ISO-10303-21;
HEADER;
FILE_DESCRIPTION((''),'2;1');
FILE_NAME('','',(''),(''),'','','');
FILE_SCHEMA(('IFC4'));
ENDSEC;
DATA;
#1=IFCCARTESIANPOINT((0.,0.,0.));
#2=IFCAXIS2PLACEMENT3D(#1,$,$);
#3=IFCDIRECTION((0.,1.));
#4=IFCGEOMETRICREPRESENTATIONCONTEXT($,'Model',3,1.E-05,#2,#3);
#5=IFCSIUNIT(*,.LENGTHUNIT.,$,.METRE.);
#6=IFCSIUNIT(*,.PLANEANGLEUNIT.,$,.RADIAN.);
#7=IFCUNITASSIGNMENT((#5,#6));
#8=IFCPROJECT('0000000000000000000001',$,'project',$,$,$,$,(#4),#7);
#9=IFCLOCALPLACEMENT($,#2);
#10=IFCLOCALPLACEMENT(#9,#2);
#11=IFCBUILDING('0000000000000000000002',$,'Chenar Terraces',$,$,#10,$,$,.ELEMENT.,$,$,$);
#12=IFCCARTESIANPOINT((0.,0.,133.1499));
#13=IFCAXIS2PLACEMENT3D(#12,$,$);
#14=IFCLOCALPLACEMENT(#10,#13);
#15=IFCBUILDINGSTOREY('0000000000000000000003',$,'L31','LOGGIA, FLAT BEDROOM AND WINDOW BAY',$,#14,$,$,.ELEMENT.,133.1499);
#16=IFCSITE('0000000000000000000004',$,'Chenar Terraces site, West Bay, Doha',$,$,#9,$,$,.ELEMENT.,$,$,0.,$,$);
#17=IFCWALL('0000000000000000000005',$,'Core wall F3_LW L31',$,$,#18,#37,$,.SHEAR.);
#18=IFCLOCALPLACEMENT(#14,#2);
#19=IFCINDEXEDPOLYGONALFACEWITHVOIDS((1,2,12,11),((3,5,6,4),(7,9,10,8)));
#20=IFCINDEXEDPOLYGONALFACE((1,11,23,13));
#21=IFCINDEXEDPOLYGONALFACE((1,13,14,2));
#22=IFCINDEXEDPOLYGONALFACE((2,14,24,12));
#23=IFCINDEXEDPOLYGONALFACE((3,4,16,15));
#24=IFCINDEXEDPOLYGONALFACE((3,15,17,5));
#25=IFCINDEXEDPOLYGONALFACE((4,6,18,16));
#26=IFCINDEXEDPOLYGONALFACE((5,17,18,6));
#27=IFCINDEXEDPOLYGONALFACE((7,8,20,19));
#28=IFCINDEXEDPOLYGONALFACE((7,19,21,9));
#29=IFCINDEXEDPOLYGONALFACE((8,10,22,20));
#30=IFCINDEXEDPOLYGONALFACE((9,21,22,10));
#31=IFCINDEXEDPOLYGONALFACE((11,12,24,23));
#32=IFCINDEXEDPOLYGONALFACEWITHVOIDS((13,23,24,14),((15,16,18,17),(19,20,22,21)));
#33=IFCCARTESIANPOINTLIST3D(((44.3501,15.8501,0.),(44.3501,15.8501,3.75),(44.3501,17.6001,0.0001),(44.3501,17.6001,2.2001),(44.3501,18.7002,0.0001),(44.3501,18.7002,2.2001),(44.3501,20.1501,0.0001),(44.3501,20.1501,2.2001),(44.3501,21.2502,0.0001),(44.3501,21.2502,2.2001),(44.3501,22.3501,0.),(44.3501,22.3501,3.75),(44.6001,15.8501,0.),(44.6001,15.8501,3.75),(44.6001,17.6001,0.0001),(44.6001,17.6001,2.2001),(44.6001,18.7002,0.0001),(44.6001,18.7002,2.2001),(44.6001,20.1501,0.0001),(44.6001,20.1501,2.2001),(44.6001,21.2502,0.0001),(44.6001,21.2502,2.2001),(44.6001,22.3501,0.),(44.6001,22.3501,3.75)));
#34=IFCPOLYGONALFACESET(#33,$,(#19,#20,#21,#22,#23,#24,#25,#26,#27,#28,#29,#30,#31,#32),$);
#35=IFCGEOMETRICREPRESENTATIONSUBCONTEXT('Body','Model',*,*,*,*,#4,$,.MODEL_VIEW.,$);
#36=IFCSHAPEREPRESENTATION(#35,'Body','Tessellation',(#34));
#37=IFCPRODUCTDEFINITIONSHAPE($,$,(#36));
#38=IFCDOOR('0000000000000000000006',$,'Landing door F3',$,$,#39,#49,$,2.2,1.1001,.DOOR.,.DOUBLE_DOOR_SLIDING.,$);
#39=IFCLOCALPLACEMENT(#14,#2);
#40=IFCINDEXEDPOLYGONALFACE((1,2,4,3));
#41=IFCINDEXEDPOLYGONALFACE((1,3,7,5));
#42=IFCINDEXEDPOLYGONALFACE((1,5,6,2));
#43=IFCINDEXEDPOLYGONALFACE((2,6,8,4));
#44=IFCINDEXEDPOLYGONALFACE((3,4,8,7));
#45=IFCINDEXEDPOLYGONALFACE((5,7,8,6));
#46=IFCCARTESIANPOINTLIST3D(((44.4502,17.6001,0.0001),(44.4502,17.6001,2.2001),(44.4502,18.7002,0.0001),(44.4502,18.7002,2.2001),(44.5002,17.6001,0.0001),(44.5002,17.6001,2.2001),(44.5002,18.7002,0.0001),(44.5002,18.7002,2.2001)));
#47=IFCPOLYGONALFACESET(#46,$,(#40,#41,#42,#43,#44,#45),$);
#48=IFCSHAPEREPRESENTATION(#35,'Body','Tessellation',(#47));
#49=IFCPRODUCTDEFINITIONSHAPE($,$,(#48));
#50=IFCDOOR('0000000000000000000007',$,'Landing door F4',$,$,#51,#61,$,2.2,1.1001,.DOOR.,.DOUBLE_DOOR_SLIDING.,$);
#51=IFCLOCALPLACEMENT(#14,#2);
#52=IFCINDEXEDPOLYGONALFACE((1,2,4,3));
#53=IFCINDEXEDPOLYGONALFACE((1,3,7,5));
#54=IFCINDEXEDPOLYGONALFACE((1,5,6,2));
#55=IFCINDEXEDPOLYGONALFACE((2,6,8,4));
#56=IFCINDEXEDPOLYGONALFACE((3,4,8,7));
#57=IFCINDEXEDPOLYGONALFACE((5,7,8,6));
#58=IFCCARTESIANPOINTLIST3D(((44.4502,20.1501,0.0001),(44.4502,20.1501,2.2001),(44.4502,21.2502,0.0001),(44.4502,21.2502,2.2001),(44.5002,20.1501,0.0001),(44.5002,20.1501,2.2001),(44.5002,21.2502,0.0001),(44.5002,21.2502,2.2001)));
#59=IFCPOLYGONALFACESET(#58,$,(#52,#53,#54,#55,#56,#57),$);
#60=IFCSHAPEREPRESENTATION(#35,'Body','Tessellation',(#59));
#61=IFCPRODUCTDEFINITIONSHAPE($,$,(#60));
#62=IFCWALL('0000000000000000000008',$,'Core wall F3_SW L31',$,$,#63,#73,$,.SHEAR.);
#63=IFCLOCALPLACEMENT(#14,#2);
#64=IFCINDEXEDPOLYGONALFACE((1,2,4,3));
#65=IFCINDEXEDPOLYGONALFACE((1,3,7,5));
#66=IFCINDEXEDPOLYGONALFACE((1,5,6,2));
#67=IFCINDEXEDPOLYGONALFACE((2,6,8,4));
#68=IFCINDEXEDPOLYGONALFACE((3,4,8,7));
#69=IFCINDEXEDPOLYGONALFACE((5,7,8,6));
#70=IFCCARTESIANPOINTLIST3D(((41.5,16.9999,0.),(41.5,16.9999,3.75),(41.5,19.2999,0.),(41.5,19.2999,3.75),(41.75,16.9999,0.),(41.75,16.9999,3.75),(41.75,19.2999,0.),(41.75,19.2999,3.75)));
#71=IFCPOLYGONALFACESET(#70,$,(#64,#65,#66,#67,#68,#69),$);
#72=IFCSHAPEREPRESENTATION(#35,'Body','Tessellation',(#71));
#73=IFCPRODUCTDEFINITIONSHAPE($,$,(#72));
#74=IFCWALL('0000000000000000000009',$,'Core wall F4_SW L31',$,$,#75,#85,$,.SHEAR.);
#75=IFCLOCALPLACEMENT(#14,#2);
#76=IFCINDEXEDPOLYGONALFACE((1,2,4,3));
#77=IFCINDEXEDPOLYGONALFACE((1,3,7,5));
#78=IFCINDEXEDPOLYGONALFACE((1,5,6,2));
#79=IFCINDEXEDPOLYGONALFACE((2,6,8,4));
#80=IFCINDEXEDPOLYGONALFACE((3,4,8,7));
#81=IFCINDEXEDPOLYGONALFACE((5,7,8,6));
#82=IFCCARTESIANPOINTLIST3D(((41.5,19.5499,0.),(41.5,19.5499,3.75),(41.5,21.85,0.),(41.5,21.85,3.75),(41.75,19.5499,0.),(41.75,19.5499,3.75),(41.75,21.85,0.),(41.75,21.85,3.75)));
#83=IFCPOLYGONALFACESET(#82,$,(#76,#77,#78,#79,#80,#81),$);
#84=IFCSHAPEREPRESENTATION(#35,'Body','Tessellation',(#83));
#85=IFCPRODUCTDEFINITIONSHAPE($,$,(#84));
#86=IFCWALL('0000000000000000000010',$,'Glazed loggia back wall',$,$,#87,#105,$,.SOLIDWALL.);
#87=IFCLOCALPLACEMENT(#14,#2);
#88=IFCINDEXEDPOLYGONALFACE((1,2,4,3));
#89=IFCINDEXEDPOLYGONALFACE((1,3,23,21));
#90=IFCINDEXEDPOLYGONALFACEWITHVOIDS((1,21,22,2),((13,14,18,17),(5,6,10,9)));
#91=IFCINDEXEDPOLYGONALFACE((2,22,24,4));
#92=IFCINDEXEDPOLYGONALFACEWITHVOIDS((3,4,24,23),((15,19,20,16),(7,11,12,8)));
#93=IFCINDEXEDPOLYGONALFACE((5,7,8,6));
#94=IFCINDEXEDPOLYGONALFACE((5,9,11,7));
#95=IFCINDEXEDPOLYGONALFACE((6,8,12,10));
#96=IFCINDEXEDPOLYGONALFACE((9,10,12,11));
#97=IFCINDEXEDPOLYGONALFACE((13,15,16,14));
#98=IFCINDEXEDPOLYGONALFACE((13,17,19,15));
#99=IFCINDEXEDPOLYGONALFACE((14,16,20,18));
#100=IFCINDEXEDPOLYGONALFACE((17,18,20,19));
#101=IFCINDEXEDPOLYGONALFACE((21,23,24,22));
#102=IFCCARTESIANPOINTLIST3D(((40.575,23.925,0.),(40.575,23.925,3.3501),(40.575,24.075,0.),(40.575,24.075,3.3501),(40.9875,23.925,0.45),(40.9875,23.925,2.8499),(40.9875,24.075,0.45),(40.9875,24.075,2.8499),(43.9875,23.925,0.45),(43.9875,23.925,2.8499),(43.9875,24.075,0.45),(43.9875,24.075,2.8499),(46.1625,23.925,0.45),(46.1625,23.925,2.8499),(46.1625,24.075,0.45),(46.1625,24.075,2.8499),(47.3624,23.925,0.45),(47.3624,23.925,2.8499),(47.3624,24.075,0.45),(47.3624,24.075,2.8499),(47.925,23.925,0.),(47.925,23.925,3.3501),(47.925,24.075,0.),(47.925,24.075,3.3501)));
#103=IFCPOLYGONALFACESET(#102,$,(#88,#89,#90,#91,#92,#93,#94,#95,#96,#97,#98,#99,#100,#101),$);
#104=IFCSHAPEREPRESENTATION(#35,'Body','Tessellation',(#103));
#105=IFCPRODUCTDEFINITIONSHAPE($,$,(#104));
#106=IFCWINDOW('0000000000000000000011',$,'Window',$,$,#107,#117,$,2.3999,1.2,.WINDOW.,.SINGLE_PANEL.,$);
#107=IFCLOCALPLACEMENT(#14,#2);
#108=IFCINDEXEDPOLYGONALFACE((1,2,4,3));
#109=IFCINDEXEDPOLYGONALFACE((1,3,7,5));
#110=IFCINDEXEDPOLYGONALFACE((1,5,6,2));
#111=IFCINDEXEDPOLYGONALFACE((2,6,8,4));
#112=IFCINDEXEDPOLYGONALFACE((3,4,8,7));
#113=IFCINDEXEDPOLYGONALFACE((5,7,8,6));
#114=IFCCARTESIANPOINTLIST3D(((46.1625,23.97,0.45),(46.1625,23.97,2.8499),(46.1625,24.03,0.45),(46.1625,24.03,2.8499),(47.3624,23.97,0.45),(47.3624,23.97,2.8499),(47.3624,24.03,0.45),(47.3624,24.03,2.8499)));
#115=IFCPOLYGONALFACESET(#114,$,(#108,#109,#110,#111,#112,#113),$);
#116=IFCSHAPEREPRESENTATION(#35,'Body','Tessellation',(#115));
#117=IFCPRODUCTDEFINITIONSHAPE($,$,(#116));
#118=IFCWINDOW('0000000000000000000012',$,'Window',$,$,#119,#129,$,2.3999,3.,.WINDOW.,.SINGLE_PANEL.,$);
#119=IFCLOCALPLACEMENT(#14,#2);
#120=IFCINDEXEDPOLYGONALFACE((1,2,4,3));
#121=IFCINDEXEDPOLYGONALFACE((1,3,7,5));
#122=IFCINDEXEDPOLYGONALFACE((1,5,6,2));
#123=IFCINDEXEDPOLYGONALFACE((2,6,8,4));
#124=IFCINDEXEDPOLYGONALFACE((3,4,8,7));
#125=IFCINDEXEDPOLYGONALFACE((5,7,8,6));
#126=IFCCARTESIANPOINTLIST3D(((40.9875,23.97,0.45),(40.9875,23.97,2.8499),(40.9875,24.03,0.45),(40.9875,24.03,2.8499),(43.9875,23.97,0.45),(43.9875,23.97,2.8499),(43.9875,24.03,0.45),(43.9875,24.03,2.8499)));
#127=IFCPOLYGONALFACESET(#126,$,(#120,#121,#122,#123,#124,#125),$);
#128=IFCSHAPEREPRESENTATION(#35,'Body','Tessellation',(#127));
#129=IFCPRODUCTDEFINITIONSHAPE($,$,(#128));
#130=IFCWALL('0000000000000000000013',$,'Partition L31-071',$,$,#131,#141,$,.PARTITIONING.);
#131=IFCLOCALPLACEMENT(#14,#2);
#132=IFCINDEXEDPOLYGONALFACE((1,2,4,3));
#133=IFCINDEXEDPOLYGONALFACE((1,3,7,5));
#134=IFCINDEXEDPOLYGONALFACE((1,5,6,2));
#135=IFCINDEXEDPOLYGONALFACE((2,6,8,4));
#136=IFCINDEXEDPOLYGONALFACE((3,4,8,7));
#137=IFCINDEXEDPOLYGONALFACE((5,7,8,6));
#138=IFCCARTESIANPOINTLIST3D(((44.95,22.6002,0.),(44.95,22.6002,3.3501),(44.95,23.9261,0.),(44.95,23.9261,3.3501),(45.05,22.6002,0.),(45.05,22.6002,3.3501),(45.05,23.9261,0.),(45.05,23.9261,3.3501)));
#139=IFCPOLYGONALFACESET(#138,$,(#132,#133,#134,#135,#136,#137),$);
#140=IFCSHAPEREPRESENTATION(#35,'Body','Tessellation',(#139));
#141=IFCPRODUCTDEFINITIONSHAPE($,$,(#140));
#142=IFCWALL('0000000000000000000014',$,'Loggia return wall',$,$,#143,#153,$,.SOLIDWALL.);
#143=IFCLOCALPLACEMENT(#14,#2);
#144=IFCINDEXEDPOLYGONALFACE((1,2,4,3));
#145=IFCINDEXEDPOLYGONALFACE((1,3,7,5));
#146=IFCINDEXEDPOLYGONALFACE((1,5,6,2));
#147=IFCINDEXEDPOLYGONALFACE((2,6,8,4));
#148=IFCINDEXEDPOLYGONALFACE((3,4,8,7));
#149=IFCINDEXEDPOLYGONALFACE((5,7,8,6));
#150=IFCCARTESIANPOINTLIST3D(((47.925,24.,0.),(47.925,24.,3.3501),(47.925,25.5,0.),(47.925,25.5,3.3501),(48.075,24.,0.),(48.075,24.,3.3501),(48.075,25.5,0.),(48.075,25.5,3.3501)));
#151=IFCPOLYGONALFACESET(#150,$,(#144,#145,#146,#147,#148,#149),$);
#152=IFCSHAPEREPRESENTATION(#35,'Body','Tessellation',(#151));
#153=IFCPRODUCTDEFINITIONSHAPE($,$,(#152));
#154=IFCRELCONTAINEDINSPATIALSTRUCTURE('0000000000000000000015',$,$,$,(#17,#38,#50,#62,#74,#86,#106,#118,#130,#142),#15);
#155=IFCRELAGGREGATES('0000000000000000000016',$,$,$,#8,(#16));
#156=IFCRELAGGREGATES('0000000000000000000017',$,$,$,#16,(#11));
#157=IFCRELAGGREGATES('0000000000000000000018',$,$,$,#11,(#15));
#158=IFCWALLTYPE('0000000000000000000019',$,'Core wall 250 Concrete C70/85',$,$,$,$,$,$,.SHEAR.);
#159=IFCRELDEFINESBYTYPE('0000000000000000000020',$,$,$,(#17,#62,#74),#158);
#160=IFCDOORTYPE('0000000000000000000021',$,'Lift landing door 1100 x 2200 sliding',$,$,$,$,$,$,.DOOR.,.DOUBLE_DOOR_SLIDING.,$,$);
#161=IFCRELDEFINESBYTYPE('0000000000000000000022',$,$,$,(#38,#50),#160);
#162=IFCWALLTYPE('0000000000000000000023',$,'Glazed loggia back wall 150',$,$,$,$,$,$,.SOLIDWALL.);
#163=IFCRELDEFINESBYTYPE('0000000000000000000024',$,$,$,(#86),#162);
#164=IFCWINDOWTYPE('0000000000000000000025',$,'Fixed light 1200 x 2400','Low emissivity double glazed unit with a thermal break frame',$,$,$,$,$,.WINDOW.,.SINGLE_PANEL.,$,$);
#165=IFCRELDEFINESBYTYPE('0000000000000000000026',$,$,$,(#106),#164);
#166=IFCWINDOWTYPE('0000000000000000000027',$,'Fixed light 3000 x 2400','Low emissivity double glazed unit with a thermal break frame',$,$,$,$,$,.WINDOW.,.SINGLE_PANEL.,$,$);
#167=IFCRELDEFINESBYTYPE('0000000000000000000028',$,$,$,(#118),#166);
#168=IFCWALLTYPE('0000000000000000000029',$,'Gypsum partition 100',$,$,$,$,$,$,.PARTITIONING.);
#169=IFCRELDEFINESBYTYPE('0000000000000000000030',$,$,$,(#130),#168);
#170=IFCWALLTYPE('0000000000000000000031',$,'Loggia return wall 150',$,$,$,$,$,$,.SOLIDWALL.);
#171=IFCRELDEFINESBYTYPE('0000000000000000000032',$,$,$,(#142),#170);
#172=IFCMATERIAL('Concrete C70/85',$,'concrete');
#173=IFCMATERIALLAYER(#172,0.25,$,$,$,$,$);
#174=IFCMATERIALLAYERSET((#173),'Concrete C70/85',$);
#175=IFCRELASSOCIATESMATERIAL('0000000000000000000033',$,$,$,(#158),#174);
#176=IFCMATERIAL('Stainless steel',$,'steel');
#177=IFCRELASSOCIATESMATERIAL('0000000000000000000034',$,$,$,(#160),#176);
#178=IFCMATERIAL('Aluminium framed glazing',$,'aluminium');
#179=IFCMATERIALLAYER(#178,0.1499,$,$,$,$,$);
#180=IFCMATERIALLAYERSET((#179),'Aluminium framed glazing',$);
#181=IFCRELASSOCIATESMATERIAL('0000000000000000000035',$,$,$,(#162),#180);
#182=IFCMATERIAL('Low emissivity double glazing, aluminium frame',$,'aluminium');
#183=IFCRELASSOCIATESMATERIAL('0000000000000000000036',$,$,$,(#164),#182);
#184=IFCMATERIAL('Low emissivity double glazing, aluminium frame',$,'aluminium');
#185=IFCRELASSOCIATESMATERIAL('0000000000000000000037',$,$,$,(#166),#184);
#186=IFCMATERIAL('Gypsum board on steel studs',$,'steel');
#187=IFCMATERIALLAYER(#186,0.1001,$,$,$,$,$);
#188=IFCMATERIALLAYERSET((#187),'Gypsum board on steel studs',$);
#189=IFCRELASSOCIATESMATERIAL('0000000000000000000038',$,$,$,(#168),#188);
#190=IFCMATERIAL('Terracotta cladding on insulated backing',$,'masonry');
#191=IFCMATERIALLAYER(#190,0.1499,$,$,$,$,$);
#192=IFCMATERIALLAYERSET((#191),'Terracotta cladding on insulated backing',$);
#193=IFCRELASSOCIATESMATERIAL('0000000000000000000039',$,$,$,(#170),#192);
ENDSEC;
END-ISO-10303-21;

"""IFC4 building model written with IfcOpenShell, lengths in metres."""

from ifc_helpers import new_model, si_unit, direction, frame, frame_2d, origin, place, context, subcontext, project, spatial, rectangle, extrude, material, layer, layer_set, type_object, element, fill, save


model = new_model("IFC4")

# Units and contexts
model_context = context("Model", 3, precision=1e-05, world=origin(), true_north=direction((0.0, 1.0)))
body_context = subcontext(model_context, "Body", "Model", "MODEL_VIEW")
ifc_project = project(units=[si_unit("LENGTHUNIT", "METRE"), si_unit("PLANEANGLEUNIT", "RADIAN")], contexts=[model_context])

# Site, building, storey
site_placement = place(None, origin())
site = spatial("IfcSite", under=ifc_project, at=site_placement, Name="Chenar Terraces site, West Bay, Doha", CompositionType="ELEMENT", RefElevation=0.0)
building_placement = place(site_placement, origin())
building = spatial("IfcBuilding", under=site, at=building_placement, Name="Chenar Terraces", CompositionType="ELEMENT")
storey_placement = place(building_placement, frame((0.0, 0.0, 133.1499)))
storey = spatial("IfcBuildingStorey", under=building, at=storey_placement, Name="L31", Description="LOGGIA, FLAT BEDROOM AND WINDOW BAY", CompositionType="ELEMENT", Elevation=133.1499)

# Shared definitions
ifc_material_1 = material(Name="Concrete C70/85", Category="concrete")
ifc_layer_1 = layer(ifc_material_1, 0.25)
ifc_layer_set_1 = layer_set([ifc_layer_1], Name="Concrete C70/85")
wall_type_1 = type_object("IfcWallType", Name="Core wall 250 Concrete C70/85", PredefinedType="SHEAR", material=ifc_layer_set_1)

# Wall, openings, doors
wall_1_placement = place(storey_placement, frame((44.4751, 15.8501, 0.0), z_axis=(0.0, 0.0, 1.0), x_axis=(0.0, 1.0, 0.0)))
wall_1 = element("IfcWall", 1, at=wall_1_placement, inside=storey, type_object=wall_type_1, Name="Core wall F3_LW L31", PredefinedType="SHEAR", context=body_context, shape_type="SweptSolid", body=[
    extrude(rectangle(XDim=6.5, YDim=0.25, at=frame_2d((3.25, 0.0))), origin(), (0.0, 0.0, 1.0), 3.75),
])
opening_1_placement = place(wall_1_placement, frame((1.75, 0.0, 0.0)))
opening_1 = element("IfcOpeningElement", 2, at=opening_1_placement, cuts=wall_1, PredefinedType="OPENING", context=body_context, shape_type="SweptSolid", body=[
    extrude(rectangle(XDim=1.1001, YDim=2.2, at=frame_2d((0.55, 1.1001))), frame((0.0, 0.135, 0.0), z_axis=(0.0, -1.0, 0.0), x_axis=(1.0, 0.0, 0.0)), (0.0, 0.0, 1.0), 0.27),
])
opening_2_placement = place(wall_1_placement, frame((4.3, 0.0, 0.0)))
opening_2 = element("IfcOpeningElement", 3, at=opening_2_placement, cuts=wall_1, PredefinedType="OPENING", context=body_context, shape_type="SweptSolid", body=[
    extrude(rectangle(XDim=1.1001, YDim=2.2, at=frame_2d((0.55, 1.1001))), frame((0.0, 0.135, 0.0), z_axis=(0.0, -1.0, 0.0), x_axis=(1.0, 0.0, 0.0)), (0.0, 0.0, 1.0), 0.27),
])
ifc_material_2 = material(Name="Stainless steel", Category="steel")
door_type_1 = type_object("IfcDoorType", Name="Lift landing door 1100 x 2200 sliding", OperationType="DOUBLE_DOOR_SLIDING", PredefinedType="DOOR", material=ifc_material_2)
door_1_placement = place(opening_1_placement, origin())
door_1 = element("IfcDoor", 4, at=door_1_placement, inside=storey, type_object=door_type_1, Name="Landing door F3", OperationType="DOUBLE_DOOR_SLIDING", OverallHeight=2.2, OverallWidth=1.1001, PredefinedType="DOOR", context=body_context, shape_type="SweptSolid", body=[
    extrude(rectangle(XDim=1.1001, YDim=2.2, at=frame_2d((0.55, 1.1001))), frame((0.0, 0.0249, 0.0), z_axis=(0.0, -1.0, 0.0), x_axis=(1.0, 0.0, 0.0)), (0.0, 0.0, 1.0), 0.05),
])
fill(opening_1, door_1)
door_2_placement = place(opening_2_placement, origin())
door_2 = element("IfcDoor", 5, at=door_2_placement, inside=storey, type_object=door_type_1, Name="Landing door F4", OperationType="DOUBLE_DOOR_SLIDING", OverallHeight=2.2, OverallWidth=1.1001, PredefinedType="DOOR", context=body_context, shape_type="SweptSolid", body=[
    extrude(rectangle(XDim=1.1001, YDim=2.2, at=frame_2d((0.55, 1.1001))), frame((0.0, 0.0249, 0.0), z_axis=(0.0, -1.0, 0.0), x_axis=(1.0, 0.0, 0.0)), (0.0, 0.0, 1.0), 0.05),
])
fill(opening_2, door_2)

# Walls
for number, where, z_axis, x_axis, name in (
    (6, (41.625, 17.0, 0.0), (0.0, 0.0, 1.0), (0.0, 1.0, 0.0), "Core wall F3_SW L31"),
    (7, (41.625, 19.55, 0.0), (0.0, 0.0, 1.0), (0.0, 1.0, 0.0), "Core wall F4_SW L31"),
):
    element("IfcWall", number, at=place(storey_placement, frame(where, z_axis=z_axis, x_axis=x_axis)), inside=storey, type_object=wall_type_1, Name=name, PredefinedType="SHEAR", context=body_context, shape_type="SweptSolid", body=[
        extrude(rectangle(XDim=2.3, YDim=0.25, at=frame_2d((1.1499, 0.0))), origin(), (0.0, 0.0, 1.0), 3.75),
    ])

# Wall, openings, windows
ifc_material_3 = material(Name="Aluminium framed glazing", Category="aluminium")
ifc_layer_2 = layer(ifc_material_3, 0.1499)
ifc_layer_set_2 = layer_set([ifc_layer_2], Name="Aluminium framed glazing")
wall_type_2 = type_object("IfcWallType", Name="Glazed loggia back wall 150", PredefinedType="SOLIDWALL", material=ifc_layer_set_2)
wall_2_placement = place(storey_placement, frame((47.925, 24.0, 0.0), z_axis=(0.0, 0.0, 1.0), x_axis=(-1.0, 0.0, 0.0)))
wall_2 = element("IfcWall", 8, at=wall_2_placement, inside=storey, type_object=wall_type_2, Name="Glazed loggia back wall", PredefinedType="SOLIDWALL", context=body_context, shape_type="SweptSolid", body=[
    extrude(rectangle(XDim=7.3501, YDim=0.1499, at=frame_2d((3.675, 0.0))), origin(), (0.0, 0.0, 1.0), 3.3501),
])
opening_3_placement = place(wall_2_placement, frame((0.5625, 0.0, 0.45)))
opening_3 = element("IfcOpeningElement", 9, at=opening_3_placement, cuts=wall_2, PredefinedType="OPENING", context=body_context, shape_type="SweptSolid", body=[
    extrude(rectangle(XDim=1.2, YDim=2.3999, at=frame_2d((0.6001, 1.2))), frame((0.0, 0.085, 0.0), z_axis=(0.0, -1.0, 0.0), x_axis=(1.0, 0.0, 0.0)), (0.0, 0.0, 1.0), 0.1699),
])
opening_4_placement = place(wall_2_placement, frame((3.9375, 0.0, 0.45)))
opening_4 = element("IfcOpeningElement", 10, at=opening_4_placement, cuts=wall_2, PredefinedType="OPENING", context=body_context, shape_type="SweptSolid", body=[
    extrude(rectangle(XDim=3.0, YDim=2.3999, at=frame_2d((1.5, 1.2))), frame((0.0, 0.085, 0.0), z_axis=(0.0, -1.0, 0.0), x_axis=(1.0, 0.0, 0.0)), (0.0, 0.0, 1.0), 0.1699),
])
ifc_material_4 = material(Name="Low emissivity double glazing, aluminium frame", Category="aluminium")
window_type_1 = type_object("IfcWindowType", Name="Fixed light 1200 x 2400", Description="Low emissivity double glazed unit with a thermal break frame", PartitioningType="SINGLE_PANEL", PredefinedType="WINDOW", material=ifc_material_4)
window_1_placement = place(opening_3_placement, origin())
window_1 = element("IfcWindow", 11, at=window_1_placement, inside=storey, type_object=window_type_1, Name="Window", OverallHeight=2.3999, OverallWidth=1.2, PartitioningType="SINGLE_PANEL", PredefinedType="WINDOW", context=body_context, shape_type="SweptSolid", body=[
    extrude(rectangle(XDim=1.2, YDim=2.3999, at=frame_2d((0.6001, 1.2))), frame((0.0, 0.03, 0.0), z_axis=(0.0, -1.0, 0.0), x_axis=(1.0, 0.0, 0.0)), (0.0, 0.0, 1.0), 0.0601),
])
fill(opening_3, window_1)
ifc_material_5 = material(Name="Low emissivity double glazing, aluminium frame", Category="aluminium")
window_type_2 = type_object("IfcWindowType", Name="Fixed light 3000 x 2400", Description="Low emissivity double glazed unit with a thermal break frame", PartitioningType="SINGLE_PANEL", PredefinedType="WINDOW", material=ifc_material_5)
window_2_placement = place(opening_4_placement, origin())
window_2 = element("IfcWindow", 12, at=window_2_placement, inside=storey, type_object=window_type_2, Name="Window", OverallHeight=2.3999, OverallWidth=3.0, PartitioningType="SINGLE_PANEL", PredefinedType="WINDOW", context=body_context, shape_type="SweptSolid", body=[
    extrude(rectangle(XDim=3.0, YDim=2.3999, at=frame_2d((1.5, 1.2))), frame((0.0, 0.03, 0.0), z_axis=(0.0, -1.0, 0.0), x_axis=(1.0, 0.0, 0.0)), (0.0, 0.0, 1.0), 0.0601),
])
fill(opening_4, window_2)

# Walls
ifc_material_6 = material(Name="Gypsum board on steel studs", Category="steel")
ifc_layer_3 = layer(ifc_material_6, 0.1001)
ifc_layer_set_3 = layer_set([ifc_layer_3], Name="Gypsum board on steel studs")
wall_type_3 = type_object("IfcWallType", Name="Gypsum partition 100", PredefinedType="PARTITIONING", material=ifc_layer_set_3)
wall_3_placement = place(storey_placement, frame((45.0, 22.6001, 0.0), z_axis=(0.0, 0.0, 1.0), x_axis=(0.0, 1.0, 0.0)))
element("IfcWall", 13, at=wall_3_placement, inside=storey, type_object=wall_type_3, Name="Partition L31-071", PredefinedType="PARTITIONING", context=body_context, shape_type="SweptSolid", body=[
    extrude(rectangle(XDim=1.3259, YDim=0.1001, at=frame_2d((0.6631, 0.0))), origin(), (0.0, 0.0, 1.0), 3.3501),
])
ifc_material_7 = material(Name="Terracotta cladding on insulated backing", Category="masonry")
ifc_layer_4 = layer(ifc_material_7, 0.1499)
ifc_layer_set_4 = layer_set([ifc_layer_4], Name="Terracotta cladding on insulated backing")
wall_type_4 = type_object("IfcWallType", Name="Loggia return wall 150", PredefinedType="SOLIDWALL", material=ifc_layer_set_4)
wall_4_placement = place(storey_placement, frame((48.0, 25.5, 0.0), z_axis=(0.0, 0.0, 1.0), x_axis=(0.0, -1.0, 0.0)))
element("IfcWall", 14, at=wall_4_placement, inside=storey, type_object=wall_type_4, Name="Loggia return wall", PredefinedType="SOLIDWALL", context=body_context, shape_type="SweptSolid", body=[
    extrude(rectangle(XDim=1.5, YDim=0.1499, at=frame_2d((0.75, 0.0))), origin(), (0.0, 0.0, 1.0), 3.3501),
])

save(model, "model.ifc")
